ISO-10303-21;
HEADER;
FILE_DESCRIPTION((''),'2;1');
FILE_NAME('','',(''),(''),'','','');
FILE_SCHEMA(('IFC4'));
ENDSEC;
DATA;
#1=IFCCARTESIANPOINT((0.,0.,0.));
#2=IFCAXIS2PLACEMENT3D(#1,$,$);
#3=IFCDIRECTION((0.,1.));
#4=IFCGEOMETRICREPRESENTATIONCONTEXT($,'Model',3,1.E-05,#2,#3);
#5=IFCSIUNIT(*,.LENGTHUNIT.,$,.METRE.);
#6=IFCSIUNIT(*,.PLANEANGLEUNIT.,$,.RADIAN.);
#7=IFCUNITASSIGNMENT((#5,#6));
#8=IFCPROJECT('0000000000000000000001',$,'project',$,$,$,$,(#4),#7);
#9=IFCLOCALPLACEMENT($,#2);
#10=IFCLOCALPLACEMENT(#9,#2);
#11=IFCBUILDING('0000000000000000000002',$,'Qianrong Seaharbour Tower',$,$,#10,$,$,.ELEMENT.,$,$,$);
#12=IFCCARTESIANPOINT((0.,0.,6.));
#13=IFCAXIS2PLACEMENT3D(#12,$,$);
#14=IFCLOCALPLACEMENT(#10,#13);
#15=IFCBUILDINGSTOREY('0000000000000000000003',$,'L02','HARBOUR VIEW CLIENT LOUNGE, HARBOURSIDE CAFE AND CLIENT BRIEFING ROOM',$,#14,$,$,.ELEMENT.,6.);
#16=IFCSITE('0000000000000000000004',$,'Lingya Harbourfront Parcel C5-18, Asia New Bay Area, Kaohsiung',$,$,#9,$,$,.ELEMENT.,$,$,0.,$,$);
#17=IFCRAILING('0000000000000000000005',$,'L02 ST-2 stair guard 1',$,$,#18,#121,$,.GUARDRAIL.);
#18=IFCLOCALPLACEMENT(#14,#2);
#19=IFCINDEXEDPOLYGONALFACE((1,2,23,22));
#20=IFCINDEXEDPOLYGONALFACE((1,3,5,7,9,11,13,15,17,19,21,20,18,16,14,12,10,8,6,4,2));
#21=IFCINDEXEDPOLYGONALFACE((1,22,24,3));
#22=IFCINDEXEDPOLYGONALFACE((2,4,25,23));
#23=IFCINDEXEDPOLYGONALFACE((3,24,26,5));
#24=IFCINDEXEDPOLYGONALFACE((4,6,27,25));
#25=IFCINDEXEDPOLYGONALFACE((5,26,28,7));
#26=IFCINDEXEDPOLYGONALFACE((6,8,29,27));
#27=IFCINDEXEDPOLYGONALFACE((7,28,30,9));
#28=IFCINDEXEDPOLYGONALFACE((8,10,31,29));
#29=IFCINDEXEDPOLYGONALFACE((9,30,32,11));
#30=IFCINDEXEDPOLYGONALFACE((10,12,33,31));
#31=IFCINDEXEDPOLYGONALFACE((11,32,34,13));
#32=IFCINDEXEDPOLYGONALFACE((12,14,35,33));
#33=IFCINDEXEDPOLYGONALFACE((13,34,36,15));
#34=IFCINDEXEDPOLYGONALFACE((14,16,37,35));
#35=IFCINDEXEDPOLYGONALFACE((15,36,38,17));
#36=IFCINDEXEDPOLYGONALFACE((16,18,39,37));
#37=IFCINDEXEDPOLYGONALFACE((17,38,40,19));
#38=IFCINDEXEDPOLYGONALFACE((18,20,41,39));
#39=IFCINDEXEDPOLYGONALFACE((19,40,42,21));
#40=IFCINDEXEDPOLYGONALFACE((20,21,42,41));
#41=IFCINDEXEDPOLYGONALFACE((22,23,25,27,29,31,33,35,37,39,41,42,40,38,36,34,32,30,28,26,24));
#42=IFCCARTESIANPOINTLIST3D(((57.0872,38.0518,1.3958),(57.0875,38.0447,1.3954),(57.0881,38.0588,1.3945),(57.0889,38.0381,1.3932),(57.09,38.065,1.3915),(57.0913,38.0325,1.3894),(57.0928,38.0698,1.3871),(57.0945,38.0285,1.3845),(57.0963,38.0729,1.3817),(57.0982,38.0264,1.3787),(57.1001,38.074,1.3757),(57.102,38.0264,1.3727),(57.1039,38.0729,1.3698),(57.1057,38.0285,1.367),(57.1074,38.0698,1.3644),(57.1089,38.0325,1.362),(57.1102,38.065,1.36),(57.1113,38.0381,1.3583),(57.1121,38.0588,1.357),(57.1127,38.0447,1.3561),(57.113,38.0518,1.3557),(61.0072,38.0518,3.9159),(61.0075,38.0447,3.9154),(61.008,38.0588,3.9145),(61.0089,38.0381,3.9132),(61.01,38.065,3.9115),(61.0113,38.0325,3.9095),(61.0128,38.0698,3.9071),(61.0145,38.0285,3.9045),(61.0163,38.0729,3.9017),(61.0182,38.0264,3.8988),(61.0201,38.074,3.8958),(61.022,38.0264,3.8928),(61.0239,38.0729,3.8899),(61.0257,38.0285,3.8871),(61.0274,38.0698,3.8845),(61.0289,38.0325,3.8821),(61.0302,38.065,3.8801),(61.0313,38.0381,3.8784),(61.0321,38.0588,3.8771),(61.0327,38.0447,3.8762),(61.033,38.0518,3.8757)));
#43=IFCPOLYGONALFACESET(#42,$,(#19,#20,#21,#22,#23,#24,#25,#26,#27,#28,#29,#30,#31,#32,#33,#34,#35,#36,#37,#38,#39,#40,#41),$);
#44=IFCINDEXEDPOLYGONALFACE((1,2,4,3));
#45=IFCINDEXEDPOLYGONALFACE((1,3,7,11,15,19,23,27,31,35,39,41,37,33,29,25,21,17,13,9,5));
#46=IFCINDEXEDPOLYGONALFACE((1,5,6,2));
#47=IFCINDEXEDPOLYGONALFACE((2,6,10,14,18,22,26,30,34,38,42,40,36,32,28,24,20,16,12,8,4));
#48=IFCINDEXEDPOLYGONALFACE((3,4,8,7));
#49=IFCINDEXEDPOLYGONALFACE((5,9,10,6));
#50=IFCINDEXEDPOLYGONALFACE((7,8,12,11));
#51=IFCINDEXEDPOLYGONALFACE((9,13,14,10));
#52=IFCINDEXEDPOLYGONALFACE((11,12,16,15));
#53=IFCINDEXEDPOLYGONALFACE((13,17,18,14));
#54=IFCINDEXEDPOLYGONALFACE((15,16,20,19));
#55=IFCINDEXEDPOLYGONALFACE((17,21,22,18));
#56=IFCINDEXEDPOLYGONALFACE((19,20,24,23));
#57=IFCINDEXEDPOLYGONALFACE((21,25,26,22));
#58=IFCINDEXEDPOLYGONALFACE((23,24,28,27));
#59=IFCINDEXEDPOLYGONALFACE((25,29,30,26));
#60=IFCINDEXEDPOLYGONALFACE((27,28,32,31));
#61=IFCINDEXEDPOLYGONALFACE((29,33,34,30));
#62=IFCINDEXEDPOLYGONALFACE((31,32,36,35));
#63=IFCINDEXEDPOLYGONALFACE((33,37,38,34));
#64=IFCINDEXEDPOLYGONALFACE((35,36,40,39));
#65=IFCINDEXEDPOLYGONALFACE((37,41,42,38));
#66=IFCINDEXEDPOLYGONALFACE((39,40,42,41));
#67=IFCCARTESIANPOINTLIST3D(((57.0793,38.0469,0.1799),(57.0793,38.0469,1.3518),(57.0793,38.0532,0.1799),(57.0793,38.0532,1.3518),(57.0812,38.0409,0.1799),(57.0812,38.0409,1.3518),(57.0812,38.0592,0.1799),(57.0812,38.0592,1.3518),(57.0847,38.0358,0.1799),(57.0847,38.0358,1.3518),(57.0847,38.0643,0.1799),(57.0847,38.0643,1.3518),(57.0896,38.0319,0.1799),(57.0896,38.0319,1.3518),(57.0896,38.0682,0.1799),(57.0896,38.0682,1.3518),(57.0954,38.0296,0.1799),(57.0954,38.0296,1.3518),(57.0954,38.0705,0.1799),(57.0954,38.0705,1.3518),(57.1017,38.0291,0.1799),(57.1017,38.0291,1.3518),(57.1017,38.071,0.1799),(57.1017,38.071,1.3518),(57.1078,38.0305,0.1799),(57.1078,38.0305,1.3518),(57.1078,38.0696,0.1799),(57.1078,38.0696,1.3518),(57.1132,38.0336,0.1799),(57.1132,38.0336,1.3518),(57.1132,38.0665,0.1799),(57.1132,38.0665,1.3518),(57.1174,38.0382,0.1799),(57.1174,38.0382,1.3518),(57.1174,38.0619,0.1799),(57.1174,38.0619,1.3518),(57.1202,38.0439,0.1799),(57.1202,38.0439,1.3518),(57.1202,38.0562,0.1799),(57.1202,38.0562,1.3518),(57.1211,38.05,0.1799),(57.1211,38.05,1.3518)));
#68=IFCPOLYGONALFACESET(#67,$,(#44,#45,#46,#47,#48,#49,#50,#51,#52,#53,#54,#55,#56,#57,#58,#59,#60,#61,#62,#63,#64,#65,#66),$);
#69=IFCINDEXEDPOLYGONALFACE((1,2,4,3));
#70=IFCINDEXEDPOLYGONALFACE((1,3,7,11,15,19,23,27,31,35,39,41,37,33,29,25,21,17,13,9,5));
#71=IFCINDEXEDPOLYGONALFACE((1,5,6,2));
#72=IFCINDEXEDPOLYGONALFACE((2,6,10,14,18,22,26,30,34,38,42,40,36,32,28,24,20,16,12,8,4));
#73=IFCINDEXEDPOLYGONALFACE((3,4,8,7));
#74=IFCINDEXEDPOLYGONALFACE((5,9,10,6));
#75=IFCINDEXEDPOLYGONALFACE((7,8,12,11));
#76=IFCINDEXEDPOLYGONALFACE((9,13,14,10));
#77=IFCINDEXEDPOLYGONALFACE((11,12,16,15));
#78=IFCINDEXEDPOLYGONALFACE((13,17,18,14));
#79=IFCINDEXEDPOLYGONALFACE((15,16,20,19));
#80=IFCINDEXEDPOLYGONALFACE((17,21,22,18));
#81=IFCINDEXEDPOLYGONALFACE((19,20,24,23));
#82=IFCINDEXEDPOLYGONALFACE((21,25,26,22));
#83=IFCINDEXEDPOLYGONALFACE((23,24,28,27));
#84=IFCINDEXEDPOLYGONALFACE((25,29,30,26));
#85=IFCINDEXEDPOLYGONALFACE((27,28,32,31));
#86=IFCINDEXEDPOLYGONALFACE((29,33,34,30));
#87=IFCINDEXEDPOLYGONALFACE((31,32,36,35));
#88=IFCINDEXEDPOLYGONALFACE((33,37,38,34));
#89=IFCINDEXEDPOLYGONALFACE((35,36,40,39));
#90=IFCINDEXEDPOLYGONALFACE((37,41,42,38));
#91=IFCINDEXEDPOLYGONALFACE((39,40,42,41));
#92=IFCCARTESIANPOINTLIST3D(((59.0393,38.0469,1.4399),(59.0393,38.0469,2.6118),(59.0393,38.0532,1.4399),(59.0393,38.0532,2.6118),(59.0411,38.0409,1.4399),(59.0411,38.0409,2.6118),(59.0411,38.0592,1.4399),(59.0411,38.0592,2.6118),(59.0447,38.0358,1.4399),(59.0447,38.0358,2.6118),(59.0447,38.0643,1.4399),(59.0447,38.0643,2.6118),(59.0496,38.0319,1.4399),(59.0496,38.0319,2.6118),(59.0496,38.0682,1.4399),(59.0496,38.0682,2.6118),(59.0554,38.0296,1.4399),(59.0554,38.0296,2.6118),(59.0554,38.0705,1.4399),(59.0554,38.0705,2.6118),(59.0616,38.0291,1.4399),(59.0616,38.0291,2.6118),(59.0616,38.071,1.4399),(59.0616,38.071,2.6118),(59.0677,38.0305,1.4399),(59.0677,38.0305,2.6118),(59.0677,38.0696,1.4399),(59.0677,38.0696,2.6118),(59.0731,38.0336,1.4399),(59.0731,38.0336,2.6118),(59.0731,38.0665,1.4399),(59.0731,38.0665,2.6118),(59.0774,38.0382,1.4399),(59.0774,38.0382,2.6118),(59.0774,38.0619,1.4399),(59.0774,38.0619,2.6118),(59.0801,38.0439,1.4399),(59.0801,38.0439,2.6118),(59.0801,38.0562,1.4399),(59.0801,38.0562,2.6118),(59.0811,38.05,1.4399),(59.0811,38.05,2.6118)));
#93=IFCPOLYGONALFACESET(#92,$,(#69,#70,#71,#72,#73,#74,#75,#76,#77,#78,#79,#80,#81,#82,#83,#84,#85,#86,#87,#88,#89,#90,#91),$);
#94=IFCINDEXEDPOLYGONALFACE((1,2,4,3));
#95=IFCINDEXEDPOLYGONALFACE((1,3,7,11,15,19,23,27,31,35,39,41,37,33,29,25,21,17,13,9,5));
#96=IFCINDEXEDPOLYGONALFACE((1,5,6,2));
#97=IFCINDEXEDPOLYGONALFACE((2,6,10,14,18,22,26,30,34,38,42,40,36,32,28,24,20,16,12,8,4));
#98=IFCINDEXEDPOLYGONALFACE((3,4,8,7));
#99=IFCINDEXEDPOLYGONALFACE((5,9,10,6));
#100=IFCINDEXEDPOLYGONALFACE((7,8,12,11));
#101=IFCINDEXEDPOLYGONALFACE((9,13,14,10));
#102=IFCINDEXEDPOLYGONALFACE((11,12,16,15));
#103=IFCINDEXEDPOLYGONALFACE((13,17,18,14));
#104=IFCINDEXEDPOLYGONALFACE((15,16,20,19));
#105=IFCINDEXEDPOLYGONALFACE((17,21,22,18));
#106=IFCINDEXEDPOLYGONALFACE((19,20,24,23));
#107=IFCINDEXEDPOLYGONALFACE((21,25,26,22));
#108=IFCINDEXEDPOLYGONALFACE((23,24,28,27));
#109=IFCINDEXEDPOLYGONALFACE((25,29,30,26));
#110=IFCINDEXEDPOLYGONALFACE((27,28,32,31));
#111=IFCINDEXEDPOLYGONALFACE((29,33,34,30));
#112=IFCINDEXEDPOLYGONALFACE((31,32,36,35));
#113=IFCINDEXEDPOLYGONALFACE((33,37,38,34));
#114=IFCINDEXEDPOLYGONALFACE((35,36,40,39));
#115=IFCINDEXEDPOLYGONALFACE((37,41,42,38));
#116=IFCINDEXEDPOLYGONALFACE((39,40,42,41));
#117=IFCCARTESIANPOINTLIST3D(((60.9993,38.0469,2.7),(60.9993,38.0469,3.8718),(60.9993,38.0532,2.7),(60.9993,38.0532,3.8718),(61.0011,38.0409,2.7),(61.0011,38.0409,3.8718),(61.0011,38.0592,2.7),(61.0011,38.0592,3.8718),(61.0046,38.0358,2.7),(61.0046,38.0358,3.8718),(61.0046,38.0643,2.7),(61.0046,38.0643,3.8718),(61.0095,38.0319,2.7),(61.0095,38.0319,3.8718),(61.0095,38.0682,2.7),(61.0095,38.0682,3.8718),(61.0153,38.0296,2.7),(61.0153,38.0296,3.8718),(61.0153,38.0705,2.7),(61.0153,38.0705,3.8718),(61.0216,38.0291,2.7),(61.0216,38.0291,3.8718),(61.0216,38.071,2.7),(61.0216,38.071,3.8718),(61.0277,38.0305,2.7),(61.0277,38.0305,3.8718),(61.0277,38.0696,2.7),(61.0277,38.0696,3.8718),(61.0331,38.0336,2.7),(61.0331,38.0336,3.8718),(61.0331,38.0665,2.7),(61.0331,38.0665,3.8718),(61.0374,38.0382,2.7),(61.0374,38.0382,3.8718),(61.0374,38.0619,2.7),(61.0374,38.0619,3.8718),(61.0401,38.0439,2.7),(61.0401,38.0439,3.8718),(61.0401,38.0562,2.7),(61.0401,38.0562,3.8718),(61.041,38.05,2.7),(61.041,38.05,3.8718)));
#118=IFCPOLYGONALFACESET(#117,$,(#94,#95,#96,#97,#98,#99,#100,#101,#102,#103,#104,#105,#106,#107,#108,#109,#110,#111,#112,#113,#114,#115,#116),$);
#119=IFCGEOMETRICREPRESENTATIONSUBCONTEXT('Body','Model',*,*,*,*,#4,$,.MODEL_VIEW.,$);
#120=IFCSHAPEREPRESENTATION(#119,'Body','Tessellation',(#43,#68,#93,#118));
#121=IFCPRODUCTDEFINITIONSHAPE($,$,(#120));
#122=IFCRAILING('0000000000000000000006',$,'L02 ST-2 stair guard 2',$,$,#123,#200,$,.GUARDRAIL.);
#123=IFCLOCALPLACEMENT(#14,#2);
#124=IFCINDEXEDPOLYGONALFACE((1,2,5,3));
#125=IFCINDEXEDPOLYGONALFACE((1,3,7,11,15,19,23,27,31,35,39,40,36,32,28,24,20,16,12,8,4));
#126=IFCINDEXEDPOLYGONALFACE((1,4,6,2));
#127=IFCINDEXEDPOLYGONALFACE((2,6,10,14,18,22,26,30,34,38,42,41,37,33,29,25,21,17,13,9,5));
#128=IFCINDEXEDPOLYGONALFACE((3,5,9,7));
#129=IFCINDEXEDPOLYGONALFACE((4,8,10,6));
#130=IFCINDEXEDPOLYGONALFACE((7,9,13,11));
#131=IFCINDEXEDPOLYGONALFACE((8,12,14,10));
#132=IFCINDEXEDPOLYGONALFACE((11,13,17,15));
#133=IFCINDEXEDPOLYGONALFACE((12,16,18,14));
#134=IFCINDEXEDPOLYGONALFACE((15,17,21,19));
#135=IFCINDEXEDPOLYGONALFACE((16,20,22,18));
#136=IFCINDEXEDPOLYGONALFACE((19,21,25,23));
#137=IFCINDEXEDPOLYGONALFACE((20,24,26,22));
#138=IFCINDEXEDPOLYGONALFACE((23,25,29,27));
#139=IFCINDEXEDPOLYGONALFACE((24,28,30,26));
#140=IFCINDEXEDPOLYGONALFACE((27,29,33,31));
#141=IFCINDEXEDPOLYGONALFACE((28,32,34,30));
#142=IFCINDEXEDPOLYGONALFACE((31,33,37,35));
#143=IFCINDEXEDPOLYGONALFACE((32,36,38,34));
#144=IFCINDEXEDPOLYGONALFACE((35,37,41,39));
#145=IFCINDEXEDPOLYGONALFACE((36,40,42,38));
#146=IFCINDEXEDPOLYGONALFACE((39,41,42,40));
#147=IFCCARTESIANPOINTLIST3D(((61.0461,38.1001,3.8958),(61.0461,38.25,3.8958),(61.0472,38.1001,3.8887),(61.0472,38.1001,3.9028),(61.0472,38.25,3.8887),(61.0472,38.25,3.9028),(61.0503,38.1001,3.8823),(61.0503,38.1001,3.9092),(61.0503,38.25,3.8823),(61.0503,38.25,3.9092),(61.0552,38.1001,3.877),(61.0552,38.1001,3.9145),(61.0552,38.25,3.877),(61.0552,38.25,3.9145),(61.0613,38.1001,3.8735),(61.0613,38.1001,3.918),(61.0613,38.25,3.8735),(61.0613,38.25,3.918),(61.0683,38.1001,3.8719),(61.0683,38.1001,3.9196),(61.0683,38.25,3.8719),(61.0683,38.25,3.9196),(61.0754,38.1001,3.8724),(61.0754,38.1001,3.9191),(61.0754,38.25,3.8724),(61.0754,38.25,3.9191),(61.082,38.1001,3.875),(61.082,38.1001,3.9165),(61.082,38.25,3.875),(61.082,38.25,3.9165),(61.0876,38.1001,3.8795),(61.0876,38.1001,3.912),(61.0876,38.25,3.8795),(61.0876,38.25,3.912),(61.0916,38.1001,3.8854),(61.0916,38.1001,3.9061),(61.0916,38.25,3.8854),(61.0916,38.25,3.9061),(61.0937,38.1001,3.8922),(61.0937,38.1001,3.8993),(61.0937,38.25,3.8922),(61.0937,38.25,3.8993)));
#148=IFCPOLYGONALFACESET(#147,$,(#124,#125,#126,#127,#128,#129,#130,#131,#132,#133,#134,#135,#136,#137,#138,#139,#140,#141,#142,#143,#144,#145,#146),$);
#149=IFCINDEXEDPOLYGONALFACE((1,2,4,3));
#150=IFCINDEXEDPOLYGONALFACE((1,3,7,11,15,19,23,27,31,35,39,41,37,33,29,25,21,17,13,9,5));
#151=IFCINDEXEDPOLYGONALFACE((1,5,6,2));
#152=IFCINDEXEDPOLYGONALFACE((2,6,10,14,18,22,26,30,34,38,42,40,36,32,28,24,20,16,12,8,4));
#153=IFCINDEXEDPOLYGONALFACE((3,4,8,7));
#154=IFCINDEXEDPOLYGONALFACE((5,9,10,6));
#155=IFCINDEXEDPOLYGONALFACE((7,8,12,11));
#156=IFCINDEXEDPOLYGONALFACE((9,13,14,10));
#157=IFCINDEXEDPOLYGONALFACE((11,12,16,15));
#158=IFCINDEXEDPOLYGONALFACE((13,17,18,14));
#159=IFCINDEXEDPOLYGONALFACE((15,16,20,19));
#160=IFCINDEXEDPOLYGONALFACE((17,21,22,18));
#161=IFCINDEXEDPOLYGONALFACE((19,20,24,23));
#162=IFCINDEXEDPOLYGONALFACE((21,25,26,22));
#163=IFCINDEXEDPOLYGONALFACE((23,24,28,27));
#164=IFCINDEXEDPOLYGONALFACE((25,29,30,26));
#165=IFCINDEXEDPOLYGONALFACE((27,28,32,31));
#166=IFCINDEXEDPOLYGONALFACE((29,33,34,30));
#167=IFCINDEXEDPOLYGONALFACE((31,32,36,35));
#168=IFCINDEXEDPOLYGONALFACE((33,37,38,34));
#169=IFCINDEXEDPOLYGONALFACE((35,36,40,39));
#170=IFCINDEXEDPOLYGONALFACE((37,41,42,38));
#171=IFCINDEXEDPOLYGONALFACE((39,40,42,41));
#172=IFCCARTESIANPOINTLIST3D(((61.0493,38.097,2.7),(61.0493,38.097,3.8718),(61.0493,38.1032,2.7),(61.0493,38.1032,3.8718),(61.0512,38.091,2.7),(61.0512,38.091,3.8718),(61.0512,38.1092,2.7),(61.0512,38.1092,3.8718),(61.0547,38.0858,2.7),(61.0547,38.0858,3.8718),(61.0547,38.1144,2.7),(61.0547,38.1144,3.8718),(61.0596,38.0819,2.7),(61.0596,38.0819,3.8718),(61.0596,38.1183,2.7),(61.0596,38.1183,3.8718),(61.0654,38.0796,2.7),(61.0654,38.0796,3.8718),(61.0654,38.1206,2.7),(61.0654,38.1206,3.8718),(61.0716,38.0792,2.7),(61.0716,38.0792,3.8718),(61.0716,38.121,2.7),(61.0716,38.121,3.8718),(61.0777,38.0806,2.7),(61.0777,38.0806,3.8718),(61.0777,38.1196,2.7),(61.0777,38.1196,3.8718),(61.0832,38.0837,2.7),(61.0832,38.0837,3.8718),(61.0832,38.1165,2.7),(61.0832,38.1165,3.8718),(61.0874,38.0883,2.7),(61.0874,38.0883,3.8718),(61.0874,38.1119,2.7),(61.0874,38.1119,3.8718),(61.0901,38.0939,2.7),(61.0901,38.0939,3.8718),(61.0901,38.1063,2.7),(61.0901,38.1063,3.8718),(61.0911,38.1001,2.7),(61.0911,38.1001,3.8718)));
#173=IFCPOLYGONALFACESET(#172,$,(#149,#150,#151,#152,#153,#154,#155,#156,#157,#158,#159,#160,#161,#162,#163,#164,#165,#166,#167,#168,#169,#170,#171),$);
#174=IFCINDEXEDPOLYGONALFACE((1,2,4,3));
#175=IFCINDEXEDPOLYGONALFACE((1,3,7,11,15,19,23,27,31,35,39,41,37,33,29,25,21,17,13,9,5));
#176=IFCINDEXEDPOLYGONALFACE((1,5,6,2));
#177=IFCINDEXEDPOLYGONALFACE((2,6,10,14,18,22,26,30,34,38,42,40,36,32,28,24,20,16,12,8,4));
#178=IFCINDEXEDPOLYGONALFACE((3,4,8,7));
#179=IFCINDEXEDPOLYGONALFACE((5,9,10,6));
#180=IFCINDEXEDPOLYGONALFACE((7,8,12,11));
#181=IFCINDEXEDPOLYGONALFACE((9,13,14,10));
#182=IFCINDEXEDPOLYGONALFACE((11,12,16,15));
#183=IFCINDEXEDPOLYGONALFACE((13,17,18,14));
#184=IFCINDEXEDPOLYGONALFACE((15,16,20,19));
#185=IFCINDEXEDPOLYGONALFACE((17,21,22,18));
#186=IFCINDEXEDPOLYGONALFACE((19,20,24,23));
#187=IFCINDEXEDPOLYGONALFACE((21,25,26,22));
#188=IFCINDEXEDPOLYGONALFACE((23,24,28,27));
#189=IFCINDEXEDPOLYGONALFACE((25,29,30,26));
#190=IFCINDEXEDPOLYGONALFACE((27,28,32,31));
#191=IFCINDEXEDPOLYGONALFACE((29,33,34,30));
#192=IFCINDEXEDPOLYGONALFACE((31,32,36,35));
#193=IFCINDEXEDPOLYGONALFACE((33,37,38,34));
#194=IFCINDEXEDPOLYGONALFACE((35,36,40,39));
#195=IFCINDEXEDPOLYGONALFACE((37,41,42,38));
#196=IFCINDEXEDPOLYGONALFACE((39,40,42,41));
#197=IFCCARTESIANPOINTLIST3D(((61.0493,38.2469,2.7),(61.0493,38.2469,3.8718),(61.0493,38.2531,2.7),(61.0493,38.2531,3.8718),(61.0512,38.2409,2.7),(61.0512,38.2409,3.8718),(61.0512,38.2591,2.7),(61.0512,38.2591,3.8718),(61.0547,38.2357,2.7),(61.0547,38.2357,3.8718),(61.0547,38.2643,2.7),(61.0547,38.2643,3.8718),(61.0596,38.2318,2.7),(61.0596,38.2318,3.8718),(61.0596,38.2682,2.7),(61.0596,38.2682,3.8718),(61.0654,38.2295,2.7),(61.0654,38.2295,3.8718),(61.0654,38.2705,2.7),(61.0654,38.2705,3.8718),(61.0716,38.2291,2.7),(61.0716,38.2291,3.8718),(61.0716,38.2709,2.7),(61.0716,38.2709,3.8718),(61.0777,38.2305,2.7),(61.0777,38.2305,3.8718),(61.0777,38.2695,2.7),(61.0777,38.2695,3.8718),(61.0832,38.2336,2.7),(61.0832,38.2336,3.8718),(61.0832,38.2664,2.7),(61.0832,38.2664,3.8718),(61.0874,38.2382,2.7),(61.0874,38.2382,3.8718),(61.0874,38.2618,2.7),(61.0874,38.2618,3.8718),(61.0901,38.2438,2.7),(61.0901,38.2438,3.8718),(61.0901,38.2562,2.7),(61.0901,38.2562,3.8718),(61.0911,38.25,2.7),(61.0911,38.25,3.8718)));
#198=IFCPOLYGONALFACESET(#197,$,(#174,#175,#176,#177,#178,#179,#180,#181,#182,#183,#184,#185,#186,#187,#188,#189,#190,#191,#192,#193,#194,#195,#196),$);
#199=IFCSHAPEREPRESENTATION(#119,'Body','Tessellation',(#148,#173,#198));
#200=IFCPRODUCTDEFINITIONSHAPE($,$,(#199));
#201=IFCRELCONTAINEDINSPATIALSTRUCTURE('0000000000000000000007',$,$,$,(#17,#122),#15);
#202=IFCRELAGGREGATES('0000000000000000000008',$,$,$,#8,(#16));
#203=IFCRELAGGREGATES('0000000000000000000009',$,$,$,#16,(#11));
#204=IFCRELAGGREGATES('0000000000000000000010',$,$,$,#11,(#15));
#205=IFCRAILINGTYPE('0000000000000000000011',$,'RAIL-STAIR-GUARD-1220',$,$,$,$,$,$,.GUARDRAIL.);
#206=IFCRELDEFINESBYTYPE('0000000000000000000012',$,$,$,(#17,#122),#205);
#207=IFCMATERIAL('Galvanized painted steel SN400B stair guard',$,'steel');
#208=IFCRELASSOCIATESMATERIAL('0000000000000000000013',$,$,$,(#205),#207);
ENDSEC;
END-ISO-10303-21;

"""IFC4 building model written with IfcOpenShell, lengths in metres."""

from ifc_helpers import new_model, si_unit, direction, frame, origin, origin_2d, place, context, subcontext, project, spatial, circle, extrude, material, type_object, element, save


model = new_model("IFC4")

# Units and contexts
model_context = context("Model", 3, precision=1e-05, world=origin(), true_north=direction((0.0, 1.0)))
body_context = subcontext(model_context, "Body", "Model", "MODEL_VIEW")
ifc_project = project(units=[si_unit("LENGTHUNIT", "METRE"), si_unit("PLANEANGLEUNIT", "RADIAN")], contexts=[model_context])

# Site, building, storey
site_placement = place(None, origin())
site = spatial("IfcSite", under=ifc_project, at=site_placement, Name="Lingya Harbourfront Parcel C5-18, Asia New Bay Area, Kaohsiung", CompositionType="ELEMENT", RefElevation=0.0)
building_placement = place(site_placement, origin())
building = spatial("IfcBuilding", under=site, at=building_placement, Name="Qianrong Seaharbour Tower", CompositionType="ELEMENT")
storey_placement = place(building_placement, frame((0.0, 0.0, 6.0)))
storey = spatial("IfcBuildingStorey", under=building, at=storey_placement, Name="L02", Description="HARBOUR VIEW CLIENT LOUNGE, HARBOURSIDE CAFE AND CLIENT BRIEFING ROOM", CompositionType="ELEMENT", Elevation=6.0)

# Railings
ifc_material_1 = material(Name="Galvanized painted steel SN400B stair guard", Category="steel")
railing_type_1 = type_object("IfcRailingType", Name="RAIL-STAIR-GUARD-1220", PredefinedType="GUARDRAIL", material=ifc_material_1)
railing_1_placement = place(storey_placement, frame((57.1001, 38.05, 0.1799)))
element("IfcRailing", 1, at=railing_1_placement, inside=storey, type_object=railing_type_1, Name="L02 ST-2 stair guard 1", PredefinedType="GUARDRAIL", context=body_context, shape_type="SweptSolid", body=[
    extrude(circle(Radius=0.0239, at=origin_2d()), frame((0.0, 0.0, 1.1958), z_axis=(0.841172, 0.0, 0.540768), x_axis=(0.0, 1.0, 0.0)), (0.0, 0.0, 1.0), 4.6602),
    extrude(circle(Radius=0.021, at=origin_2d()), origin(), (0.0, 0.0, 1.0), 1.1719),
    extrude(circle(Radius=0.021, at=origin_2d()), frame((1.96, 0.0, 1.26)), (0.0, 0.0, 1.0), 1.1719),
    extrude(circle(Radius=0.021, at=origin_2d()), frame((3.9199, 0.0, 2.52)), (0.0, 0.0, 1.0), 1.1719),
])
railing_2_placement = place(storey_placement, frame((61.0701, 38.1001, 2.7)))
element("IfcRailing", 2, at=railing_2_placement, inside=storey, type_object=railing_type_1, Name="L02 ST-2 stair guard 2", PredefinedType="GUARDRAIL", context=body_context, shape_type="SweptSolid", body=[
    extrude(circle(Radius=0.0239, at=origin_2d()), frame((0.0, 0.0, 1.1958), z_axis=(0.0, 1.0, 0.0), x_axis=(-1.0, 0.0, 0.0)), (0.0, 0.0, 1.0), 0.1499),
    extrude(circle(Radius=0.021, at=origin_2d()), origin(), (0.0, 0.0, 1.0), 1.1719),
    extrude(circle(Radius=0.021, at=origin_2d()), frame((0.0, 0.1499, 0.0)), (0.0, 0.0, 1.0), 1.1719),
])

save(model, "model.ifc")
